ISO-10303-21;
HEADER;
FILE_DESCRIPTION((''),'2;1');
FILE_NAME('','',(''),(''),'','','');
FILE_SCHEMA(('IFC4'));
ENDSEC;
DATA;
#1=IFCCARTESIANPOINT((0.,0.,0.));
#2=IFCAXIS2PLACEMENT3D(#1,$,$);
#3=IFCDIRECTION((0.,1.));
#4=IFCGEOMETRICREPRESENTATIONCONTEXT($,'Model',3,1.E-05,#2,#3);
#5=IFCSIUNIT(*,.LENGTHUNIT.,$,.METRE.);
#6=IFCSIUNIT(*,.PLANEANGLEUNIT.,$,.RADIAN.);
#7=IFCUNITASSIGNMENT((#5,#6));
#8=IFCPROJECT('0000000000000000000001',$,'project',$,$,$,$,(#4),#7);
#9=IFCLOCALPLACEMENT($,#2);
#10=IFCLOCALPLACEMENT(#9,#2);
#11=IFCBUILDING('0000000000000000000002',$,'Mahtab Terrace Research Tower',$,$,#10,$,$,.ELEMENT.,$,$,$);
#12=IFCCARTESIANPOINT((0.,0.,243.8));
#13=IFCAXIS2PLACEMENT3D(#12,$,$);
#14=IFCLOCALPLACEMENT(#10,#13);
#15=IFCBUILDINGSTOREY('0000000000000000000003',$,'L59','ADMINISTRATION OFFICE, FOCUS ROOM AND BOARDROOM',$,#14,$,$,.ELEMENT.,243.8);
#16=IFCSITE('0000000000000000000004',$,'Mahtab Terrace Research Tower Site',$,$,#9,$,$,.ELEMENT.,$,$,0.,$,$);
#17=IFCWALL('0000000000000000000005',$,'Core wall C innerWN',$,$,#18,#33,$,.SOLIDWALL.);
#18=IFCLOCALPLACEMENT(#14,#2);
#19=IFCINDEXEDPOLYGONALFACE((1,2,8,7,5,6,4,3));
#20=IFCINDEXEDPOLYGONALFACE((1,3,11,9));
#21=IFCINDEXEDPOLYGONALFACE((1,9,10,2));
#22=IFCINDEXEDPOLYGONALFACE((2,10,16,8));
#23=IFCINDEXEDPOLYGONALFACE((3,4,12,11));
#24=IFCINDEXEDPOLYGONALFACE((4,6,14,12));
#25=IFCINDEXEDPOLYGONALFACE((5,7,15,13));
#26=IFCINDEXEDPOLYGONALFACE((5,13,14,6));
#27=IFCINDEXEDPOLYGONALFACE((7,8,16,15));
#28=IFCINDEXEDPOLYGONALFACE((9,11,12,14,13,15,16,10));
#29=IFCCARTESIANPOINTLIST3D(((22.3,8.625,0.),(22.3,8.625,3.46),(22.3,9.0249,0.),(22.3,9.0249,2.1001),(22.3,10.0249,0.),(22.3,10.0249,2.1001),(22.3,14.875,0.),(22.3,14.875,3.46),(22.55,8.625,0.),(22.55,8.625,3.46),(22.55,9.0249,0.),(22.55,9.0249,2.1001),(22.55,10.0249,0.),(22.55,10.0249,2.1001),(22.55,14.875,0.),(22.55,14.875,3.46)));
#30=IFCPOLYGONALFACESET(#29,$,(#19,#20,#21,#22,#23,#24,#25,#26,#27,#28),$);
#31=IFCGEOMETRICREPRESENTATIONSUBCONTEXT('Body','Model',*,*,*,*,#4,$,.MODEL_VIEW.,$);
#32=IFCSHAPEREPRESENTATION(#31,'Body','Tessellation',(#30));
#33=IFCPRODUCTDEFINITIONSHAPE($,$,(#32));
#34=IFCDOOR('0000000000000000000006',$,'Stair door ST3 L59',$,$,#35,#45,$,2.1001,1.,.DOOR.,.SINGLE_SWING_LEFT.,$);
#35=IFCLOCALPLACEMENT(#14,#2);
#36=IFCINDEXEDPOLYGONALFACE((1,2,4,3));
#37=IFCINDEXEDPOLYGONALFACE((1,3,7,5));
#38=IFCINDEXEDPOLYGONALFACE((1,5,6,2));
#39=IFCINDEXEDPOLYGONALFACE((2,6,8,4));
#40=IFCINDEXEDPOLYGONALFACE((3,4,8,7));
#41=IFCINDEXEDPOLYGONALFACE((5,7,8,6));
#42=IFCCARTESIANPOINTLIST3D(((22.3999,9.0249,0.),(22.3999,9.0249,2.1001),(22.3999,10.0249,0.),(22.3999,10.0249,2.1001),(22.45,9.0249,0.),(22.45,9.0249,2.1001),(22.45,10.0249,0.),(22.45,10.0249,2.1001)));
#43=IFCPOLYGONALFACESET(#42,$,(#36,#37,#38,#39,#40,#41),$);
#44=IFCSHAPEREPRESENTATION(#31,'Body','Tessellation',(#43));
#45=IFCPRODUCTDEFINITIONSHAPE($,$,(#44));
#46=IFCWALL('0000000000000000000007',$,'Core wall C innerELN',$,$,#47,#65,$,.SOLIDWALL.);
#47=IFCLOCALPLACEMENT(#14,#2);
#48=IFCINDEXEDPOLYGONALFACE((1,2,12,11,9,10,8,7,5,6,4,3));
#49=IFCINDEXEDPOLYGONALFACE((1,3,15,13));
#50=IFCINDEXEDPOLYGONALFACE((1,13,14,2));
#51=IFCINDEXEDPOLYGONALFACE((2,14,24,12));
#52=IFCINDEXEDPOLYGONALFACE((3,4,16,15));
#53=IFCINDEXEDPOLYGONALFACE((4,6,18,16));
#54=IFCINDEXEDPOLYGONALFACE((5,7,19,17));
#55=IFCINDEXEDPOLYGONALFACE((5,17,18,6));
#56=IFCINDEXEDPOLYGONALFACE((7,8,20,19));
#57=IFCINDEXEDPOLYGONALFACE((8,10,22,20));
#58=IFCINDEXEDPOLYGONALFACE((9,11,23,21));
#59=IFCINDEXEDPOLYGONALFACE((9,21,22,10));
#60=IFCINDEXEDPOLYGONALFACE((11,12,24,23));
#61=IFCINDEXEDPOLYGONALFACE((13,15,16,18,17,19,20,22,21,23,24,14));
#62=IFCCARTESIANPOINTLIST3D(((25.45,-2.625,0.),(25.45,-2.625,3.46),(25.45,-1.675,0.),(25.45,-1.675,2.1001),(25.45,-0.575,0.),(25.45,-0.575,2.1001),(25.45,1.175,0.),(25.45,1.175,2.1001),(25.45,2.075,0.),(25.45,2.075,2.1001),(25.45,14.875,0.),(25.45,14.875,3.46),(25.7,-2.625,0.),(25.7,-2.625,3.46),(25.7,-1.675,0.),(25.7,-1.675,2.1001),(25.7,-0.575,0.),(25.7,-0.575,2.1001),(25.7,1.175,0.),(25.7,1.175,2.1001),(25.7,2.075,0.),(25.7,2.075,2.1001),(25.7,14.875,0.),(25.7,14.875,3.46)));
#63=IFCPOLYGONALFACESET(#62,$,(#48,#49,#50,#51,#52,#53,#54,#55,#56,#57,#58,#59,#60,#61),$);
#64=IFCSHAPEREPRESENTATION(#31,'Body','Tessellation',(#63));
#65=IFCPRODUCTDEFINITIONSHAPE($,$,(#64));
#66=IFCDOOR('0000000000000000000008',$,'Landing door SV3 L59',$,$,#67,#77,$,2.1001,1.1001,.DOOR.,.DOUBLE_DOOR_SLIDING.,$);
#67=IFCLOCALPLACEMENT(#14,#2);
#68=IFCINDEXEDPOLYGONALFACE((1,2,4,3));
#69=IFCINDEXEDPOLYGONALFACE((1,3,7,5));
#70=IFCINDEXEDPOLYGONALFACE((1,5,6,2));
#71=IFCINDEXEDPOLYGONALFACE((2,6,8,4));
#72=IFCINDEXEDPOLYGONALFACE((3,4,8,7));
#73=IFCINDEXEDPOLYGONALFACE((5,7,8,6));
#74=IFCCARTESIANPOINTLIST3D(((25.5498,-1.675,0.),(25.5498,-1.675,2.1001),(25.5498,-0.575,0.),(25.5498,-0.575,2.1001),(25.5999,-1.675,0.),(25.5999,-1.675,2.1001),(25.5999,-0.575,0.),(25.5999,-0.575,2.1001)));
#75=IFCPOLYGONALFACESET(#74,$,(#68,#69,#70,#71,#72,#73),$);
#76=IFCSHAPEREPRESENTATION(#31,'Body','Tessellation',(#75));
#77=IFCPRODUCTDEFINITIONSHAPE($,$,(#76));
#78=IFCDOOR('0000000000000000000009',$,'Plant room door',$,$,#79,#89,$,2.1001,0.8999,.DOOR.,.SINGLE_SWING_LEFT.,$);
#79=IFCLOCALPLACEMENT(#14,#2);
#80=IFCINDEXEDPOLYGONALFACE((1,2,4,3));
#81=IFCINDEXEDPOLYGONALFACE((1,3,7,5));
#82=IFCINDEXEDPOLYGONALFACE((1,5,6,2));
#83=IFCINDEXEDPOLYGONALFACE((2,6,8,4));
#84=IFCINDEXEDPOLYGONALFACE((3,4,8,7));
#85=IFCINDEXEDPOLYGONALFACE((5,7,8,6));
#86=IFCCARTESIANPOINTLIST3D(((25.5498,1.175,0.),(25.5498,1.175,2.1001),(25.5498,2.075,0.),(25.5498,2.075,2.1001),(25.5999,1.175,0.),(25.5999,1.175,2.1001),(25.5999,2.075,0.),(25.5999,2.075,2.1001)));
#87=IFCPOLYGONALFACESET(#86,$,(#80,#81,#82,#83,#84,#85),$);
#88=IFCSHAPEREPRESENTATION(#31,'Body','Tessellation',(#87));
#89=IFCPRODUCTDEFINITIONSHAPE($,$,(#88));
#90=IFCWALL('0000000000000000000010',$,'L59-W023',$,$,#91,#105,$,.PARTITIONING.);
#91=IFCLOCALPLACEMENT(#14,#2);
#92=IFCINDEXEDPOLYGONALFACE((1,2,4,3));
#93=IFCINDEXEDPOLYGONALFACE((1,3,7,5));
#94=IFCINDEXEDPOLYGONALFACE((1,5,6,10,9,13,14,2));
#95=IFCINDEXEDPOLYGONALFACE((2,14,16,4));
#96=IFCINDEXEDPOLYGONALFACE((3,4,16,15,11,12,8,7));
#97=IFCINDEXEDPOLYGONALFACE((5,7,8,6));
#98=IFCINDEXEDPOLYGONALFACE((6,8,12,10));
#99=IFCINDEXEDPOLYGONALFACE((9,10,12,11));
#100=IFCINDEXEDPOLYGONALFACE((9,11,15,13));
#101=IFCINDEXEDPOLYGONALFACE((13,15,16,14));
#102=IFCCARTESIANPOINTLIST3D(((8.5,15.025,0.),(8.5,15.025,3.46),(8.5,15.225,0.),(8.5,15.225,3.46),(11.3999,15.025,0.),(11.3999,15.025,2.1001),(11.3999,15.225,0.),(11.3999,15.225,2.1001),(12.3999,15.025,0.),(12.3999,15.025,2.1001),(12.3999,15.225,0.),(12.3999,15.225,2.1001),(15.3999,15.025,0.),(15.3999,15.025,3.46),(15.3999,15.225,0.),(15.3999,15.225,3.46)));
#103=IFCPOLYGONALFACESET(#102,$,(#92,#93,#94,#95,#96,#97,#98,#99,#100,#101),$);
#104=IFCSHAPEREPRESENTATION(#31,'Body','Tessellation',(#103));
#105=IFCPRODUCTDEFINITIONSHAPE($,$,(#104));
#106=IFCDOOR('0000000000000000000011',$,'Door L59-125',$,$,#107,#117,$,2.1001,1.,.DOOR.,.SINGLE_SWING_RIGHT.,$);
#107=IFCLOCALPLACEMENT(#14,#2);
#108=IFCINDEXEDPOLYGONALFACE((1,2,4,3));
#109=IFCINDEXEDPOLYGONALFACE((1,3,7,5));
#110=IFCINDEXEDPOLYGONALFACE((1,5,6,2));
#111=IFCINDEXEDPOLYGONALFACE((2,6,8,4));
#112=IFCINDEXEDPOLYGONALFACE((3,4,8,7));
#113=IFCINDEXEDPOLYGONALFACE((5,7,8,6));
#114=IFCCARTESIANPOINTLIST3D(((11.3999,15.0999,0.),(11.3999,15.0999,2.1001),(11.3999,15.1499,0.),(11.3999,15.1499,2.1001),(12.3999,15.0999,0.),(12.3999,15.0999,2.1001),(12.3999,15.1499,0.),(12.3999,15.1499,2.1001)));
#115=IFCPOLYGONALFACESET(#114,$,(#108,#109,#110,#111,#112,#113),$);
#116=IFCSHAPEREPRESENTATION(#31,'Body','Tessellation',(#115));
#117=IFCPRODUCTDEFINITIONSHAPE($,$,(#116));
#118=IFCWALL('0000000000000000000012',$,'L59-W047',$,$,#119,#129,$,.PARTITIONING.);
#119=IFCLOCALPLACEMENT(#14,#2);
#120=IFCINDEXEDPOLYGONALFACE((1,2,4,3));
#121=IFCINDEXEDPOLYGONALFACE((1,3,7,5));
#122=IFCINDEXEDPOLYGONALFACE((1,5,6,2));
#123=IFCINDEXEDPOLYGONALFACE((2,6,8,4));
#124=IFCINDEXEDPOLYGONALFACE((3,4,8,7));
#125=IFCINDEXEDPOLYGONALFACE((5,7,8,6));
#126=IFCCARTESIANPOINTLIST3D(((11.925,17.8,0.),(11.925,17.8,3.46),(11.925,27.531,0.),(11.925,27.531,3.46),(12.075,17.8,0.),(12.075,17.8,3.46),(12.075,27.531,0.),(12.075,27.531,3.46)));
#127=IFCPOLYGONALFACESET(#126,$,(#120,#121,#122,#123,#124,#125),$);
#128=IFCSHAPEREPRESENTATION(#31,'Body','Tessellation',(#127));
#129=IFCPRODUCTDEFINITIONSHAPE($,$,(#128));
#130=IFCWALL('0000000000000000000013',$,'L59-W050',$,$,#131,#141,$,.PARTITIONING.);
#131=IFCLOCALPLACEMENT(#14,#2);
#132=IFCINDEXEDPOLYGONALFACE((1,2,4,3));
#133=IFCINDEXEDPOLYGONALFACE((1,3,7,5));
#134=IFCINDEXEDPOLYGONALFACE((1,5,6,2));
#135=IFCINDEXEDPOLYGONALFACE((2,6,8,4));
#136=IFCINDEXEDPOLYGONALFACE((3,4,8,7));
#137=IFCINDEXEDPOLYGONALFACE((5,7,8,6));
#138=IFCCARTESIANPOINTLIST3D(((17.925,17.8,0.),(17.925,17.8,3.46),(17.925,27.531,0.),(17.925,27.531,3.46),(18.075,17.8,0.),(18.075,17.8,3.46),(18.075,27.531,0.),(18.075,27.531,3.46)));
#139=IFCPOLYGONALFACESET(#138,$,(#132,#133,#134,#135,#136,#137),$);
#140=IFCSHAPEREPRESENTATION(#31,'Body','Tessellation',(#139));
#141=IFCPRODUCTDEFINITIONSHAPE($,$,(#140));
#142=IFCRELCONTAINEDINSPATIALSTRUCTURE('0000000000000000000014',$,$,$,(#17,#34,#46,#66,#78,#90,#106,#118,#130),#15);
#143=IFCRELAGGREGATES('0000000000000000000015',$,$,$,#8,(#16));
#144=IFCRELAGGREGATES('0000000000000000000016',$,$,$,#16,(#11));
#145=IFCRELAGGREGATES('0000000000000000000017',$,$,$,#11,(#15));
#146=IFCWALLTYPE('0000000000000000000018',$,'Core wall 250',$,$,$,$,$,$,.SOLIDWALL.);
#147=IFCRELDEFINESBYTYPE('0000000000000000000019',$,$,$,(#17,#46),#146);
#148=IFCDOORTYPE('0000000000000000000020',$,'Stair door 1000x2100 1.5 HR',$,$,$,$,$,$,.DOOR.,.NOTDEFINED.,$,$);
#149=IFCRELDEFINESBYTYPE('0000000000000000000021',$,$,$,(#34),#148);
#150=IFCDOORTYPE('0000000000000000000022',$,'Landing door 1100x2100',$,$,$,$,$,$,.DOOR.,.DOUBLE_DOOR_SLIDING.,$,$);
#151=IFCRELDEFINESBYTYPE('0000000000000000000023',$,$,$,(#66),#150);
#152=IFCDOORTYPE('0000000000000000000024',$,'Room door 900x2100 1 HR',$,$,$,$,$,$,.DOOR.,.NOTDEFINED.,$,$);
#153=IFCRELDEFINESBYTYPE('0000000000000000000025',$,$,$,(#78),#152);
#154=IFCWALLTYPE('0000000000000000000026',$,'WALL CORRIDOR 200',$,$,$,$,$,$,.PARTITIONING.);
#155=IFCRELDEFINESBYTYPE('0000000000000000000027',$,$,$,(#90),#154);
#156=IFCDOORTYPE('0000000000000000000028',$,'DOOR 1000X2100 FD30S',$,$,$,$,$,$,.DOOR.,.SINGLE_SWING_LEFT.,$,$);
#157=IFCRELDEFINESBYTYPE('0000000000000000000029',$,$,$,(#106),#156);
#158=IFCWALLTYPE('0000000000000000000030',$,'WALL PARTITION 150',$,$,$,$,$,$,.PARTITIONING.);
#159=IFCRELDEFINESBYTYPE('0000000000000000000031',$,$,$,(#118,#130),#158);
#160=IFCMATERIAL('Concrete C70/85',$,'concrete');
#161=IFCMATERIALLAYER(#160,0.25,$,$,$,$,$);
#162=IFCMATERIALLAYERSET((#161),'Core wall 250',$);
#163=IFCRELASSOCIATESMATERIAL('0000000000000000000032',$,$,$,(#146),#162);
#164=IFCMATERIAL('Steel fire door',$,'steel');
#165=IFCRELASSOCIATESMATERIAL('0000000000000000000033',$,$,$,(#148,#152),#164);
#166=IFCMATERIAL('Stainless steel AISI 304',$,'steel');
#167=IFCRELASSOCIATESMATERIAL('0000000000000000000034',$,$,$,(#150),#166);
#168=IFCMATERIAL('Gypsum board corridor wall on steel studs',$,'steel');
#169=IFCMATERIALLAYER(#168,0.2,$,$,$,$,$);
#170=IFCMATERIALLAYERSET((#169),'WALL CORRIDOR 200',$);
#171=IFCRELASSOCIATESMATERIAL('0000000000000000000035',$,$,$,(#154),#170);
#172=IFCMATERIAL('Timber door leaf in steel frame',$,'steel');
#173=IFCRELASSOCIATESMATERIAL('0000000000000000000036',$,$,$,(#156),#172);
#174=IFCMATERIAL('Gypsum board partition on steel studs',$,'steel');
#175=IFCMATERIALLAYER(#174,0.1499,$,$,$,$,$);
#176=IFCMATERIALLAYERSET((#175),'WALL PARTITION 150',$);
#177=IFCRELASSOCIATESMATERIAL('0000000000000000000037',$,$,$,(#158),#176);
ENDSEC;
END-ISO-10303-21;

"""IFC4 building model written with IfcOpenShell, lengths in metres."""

from ifc_helpers import new_model, si_unit, direction, frame, frame_2d, origin, place, context, subcontext, project, spatial, rectangle, extrude, material, layer, layer_set, type_object, element, fill, save


model = new_model("IFC4")

# Units and contexts
model_context = context("Model", 3, precision=1e-05, world=origin(), true_north=direction((0.0, 1.0)))
body_context = subcontext(model_context, "Body", "Model", "MODEL_VIEW")
ifc_project = project(units=[si_unit("LENGTHUNIT", "METRE"), si_unit("PLANEANGLEUNIT", "RADIAN")], contexts=[model_context])

# Site, building, storey
site_placement = place(None, origin())
site = spatial("IfcSite", under=ifc_project, at=site_placement, Name="Mahtab Terrace Research Tower Site", CompositionType="ELEMENT", RefElevation=0.0)
building_placement = place(site_placement, origin())
building = spatial("IfcBuilding", under=site, at=building_placement, Name="Mahtab Terrace Research Tower", CompositionType="ELEMENT")
storey_placement = place(building_placement, frame((0.0, 0.0, 243.8)))
storey = spatial("IfcBuildingStorey", under=building, at=storey_placement, Name="L59", Description="ADMINISTRATION OFFICE, FOCUS ROOM AND BOARDROOM", CompositionType="ELEMENT", Elevation=243.8)

# Shared definitions
ifc_material_1 = material(Name="Concrete C70/85", Category="concrete")
ifc_layer_1 = layer(ifc_material_1, 0.25)
ifc_layer_set_1 = layer_set([ifc_layer_1], Name="Core wall 250")
wall_type_1 = type_object("IfcWallType", Name="Core wall 250", PredefinedType="SOLIDWALL", material=ifc_layer_set_1)

# Wall, opening, door
ifc_material_2 = material(Name="Steel fire door", Category="steel")
wall_1_placement = place(storey_placement, frame((22.425, 14.875, 0.0), z_axis=(0.0, 0.0, 1.0), x_axis=(0.0, -1.0, 0.0)))
wall_1 = element("IfcWall", 1, at=wall_1_placement, inside=storey, type_object=wall_type_1, Name="Core wall C innerWN", PredefinedType="SOLIDWALL", context=body_context, shape_type="SweptSolid", body=[
    extrude(rectangle(XDim=6.25, YDim=0.25, at=frame_2d((3.125, 0.0))), origin(), (0.0, 0.0, 1.0), 3.46),
])
opening_1_placement = place(wall_1_placement, frame((4.8501, 0.0, 0.0)))
opening_1 = element("IfcOpeningElement", 2, at=opening_1_placement, cuts=wall_1, PredefinedType="OPENING", context=body_context, shape_type="SweptSolid", body=[
    extrude(rectangle(XDim=1.0, YDim=2.1001, at=frame_2d((0.5, 1.05))), frame((0.0, 0.135, 0.0), z_axis=(0.0, -1.0, 0.0), x_axis=(1.0, 0.0, 0.0)), (0.0, 0.0, 1.0), 0.27),
])
door_type_1 = type_object("IfcDoorType", Name="Stair door 1000x2100 1.5 HR", OperationType="NOTDEFINED", PredefinedType="DOOR", material=ifc_material_2)
door_1_placement = place(opening_1_placement, origin())
door_1 = element("IfcDoor", 3, at=door_1_placement, inside=storey, type_object=door_type_1, Name="Stair door ST3 L59", OperationType="SINGLE_SWING_LEFT", OverallHeight=2.1001, OverallWidth=1.0, PredefinedType="DOOR", context=body_context, shape_type="SweptSolid", body=[
    extrude(rectangle(XDim=1.0, YDim=2.1001, at=frame_2d((0.5, 1.05))), frame((0.0, 0.0249, 0.0), z_axis=(0.0, -1.0, 0.0), x_axis=(1.0, 0.0, 0.0)), (0.0, 0.0, 1.0), 0.05),
])
fill(opening_1, door_1)

# Wall, openings, doors
wall_2_placement = place(storey_placement, frame((25.575, 14.875, 0.0), z_axis=(0.0, 0.0, 1.0), x_axis=(0.0, -1.0, 0.0)))
wall_2 = element("IfcWall", 4, at=wall_2_placement, inside=storey, type_object=wall_type_1, Name="Core wall C innerELN", PredefinedType="SOLIDWALL", context=body_context, shape_type="SweptSolid", body=[
    extrude(rectangle(XDim=17.5, YDim=0.25, at=frame_2d((8.75, 0.0))), origin(), (0.0, 0.0, 1.0), 3.46),
])
opening_2_placement = place(wall_2_placement, frame((15.45, 0.0, 0.0)))
opening_2 = element("IfcOpeningElement", 5, at=opening_2_placement, cuts=wall_2, PredefinedType="OPENING", context=body_context, shape_type="SweptSolid", body=[
    extrude(rectangle(XDim=1.1001, YDim=2.1001, at=frame_2d((0.55, 1.05))), frame((0.0, 0.135, 0.0), z_axis=(0.0, -1.0, 0.0), x_axis=(1.0, 0.0, 0.0)), (0.0, 0.0, 1.0), 0.27),
])
opening_3_placement = place(wall_2_placement, frame((12.8, 0.0, 0.0)))
opening_3 = element("IfcOpeningElement", 6, at=opening_3_placement, cuts=wall_2, PredefinedType="OPENING", context=body_context, shape_type="SweptSolid", body=[
    extrude(rectangle(XDim=0.8999, YDim=2.1001, at=frame_2d((0.45, 1.05))), frame((0.0, 0.135, 0.0), z_axis=(0.0, -1.0, 0.0), x_axis=(1.0, 0.0, 0.0)), (0.0, 0.0, 1.0), 0.27),
])
ifc_material_3 = material(Name="Stainless steel AISI 304", Category="steel")
door_type_2 = type_object("IfcDoorType", Name="Landing door 1100x2100", OperationType="DOUBLE_DOOR_SLIDING", PredefinedType="DOOR", material=ifc_material_3)
door_2_placement = place(opening_2_placement, origin())
door_2 = element("IfcDoor", 7, at=door_2_placement, inside=storey, type_object=door_type_2, Name="Landing door SV3 L59", OperationType="DOUBLE_DOOR_SLIDING", OverallHeight=2.1001, OverallWidth=1.1001, PredefinedType="DOOR", context=body_context, shape_type="SweptSolid", body=[
    extrude(rectangle(XDim=1.1001, YDim=2.1001, at=frame_2d((0.55, 1.05))), frame((0.0, 0.0249, 0.0), z_axis=(0.0, -1.0, 0.0), x_axis=(1.0, 0.0, 0.0)), (0.0, 0.0, 1.0), 0.05),
])
fill(opening_2, door_2)
door_type_3 = type_object("IfcDoorType", Name="Room door 900x2100 1 HR", OperationType="NOTDEFINED", PredefinedType="DOOR", material=ifc_material_2)
door_3_placement = place(opening_3_placement, origin())
door_3 = element("IfcDoor", 8, at=door_3_placement, inside=storey, type_object=door_type_3, Name="Plant room door", OperationType="SINGLE_SWING_LEFT", OverallHeight=2.1001, OverallWidth=0.8999, PredefinedType="DOOR", context=body_context, shape_type="SweptSolid", body=[
    extrude(rectangle(XDim=0.8999, YDim=2.1001, at=frame_2d((0.45, 1.05))), frame((0.0, 0.0249, 0.0), z_axis=(0.0, -1.0, 0.0), x_axis=(1.0, 0.0, 0.0)), (0.0, 0.0, 1.0), 0.05),
])
fill(opening_3, door_3)

# Wall, opening, door
ifc_material_4 = material(Name="Gypsum board corridor wall on steel studs", Category="steel")
ifc_layer_2 = layer(ifc_material_4, 0.2)
ifc_layer_set_2 = layer_set([ifc_layer_2], Name="WALL CORRIDOR 200")
wall_type_2 = type_object("IfcWallType", Name="WALL CORRIDOR 200", PredefinedType="PARTITIONING", material=ifc_layer_set_2)
wall_3_placement = place(storey_placement, frame((8.5, 15.125, 0.0), z_axis=(0.0, 0.0, 1.0), x_axis=(1.0, 0.0, 0.0)))
wall_3 = element("IfcWall", 9, at=wall_3_placement, inside=storey, type_object=wall_type_2, Name="L59-W023", PredefinedType="PARTITIONING", context=body_context, shape_type="SweptSolid", body=[
    extrude(rectangle(XDim=6.8999, YDim=0.2, at=frame_2d((3.45, 0.0))), origin(), (0.0, 0.0, 1.0), 3.46),
])
opening_4_placement = place(wall_3_placement, frame((2.8999, 0.0, 0.0)))
opening_4 = element("IfcOpeningElement", 10, at=opening_4_placement, cuts=wall_3, PredefinedType="OPENING", context=body_context, shape_type="SweptSolid", body=[
    extrude(rectangle(XDim=1.0, YDim=2.1001, at=frame_2d((0.5, 1.05))), frame((0.0, 0.1099, 0.0), z_axis=(0.0, -1.0, 0.0), x_axis=(1.0, 0.0, 0.0)), (0.0, 0.0, 1.0), 0.22),
])
ifc_material_5 = material(Name="Timber door leaf in steel frame", Category="steel")
door_type_4 = type_object("IfcDoorType", Name="DOOR 1000X2100 FD30S", OperationType="SINGLE_SWING_LEFT", PredefinedType="DOOR", material=ifc_material_5)
door_4_placement = place(opening_4_placement, origin())
door_4 = element("IfcDoor", 11, at=door_4_placement, inside=storey, type_object=door_type_4, Name="Door L59-125", OperationType="SINGLE_SWING_RIGHT", OverallHeight=2.1001, OverallWidth=1.0, PredefinedType="DOOR", context=body_context, shape_type="SweptSolid", body=[
    extrude(rectangle(XDim=1.0, YDim=2.1001, at=frame_2d((0.5, 1.05))), frame((0.0, 0.0249, 0.0), z_axis=(0.0, -1.0, 0.0), x_axis=(1.0, 0.0, 0.0)), (0.0, 0.0, 1.0), 0.05),
])
fill(opening_4, door_4)

# Walls
ifc_material_6 = material(Name="Gypsum board partition on steel studs", Category="steel")
ifc_layer_3 = layer(ifc_material_6, 0.1499)
ifc_layer_set_3 = layer_set([ifc_layer_3], Name="WALL PARTITION 150")
wall_type_3 = type_object("IfcWallType", Name="WALL PARTITION 150", PredefinedType="PARTITIONING", material=ifc_layer_set_3)
for number, where, z_axis, x_axis, name in (
    (12, (12.0, 17.8, 0.0), (0.0, 0.0, 1.0), (0.0, 1.0, 0.0), "L59-W047"),
    (13, (18.0, 17.8, 0.0), (0.0, 0.0, 1.0), (0.0, 1.0, 0.0), "L59-W050"),
):
    element("IfcWall", number, at=place(storey_placement, frame(where, z_axis=z_axis, x_axis=x_axis)), inside=storey, type_object=wall_type_3, Name=name, PredefinedType="PARTITIONING", context=body_context, shape_type="SweptSolid", body=[
        extrude(rectangle(XDim=9.731, YDim=0.1499, at=frame_2d((4.8655, 0.0))), origin(), (0.0, 0.0, 1.0), 3.46),
    ])

save(model, "model.ifc")
